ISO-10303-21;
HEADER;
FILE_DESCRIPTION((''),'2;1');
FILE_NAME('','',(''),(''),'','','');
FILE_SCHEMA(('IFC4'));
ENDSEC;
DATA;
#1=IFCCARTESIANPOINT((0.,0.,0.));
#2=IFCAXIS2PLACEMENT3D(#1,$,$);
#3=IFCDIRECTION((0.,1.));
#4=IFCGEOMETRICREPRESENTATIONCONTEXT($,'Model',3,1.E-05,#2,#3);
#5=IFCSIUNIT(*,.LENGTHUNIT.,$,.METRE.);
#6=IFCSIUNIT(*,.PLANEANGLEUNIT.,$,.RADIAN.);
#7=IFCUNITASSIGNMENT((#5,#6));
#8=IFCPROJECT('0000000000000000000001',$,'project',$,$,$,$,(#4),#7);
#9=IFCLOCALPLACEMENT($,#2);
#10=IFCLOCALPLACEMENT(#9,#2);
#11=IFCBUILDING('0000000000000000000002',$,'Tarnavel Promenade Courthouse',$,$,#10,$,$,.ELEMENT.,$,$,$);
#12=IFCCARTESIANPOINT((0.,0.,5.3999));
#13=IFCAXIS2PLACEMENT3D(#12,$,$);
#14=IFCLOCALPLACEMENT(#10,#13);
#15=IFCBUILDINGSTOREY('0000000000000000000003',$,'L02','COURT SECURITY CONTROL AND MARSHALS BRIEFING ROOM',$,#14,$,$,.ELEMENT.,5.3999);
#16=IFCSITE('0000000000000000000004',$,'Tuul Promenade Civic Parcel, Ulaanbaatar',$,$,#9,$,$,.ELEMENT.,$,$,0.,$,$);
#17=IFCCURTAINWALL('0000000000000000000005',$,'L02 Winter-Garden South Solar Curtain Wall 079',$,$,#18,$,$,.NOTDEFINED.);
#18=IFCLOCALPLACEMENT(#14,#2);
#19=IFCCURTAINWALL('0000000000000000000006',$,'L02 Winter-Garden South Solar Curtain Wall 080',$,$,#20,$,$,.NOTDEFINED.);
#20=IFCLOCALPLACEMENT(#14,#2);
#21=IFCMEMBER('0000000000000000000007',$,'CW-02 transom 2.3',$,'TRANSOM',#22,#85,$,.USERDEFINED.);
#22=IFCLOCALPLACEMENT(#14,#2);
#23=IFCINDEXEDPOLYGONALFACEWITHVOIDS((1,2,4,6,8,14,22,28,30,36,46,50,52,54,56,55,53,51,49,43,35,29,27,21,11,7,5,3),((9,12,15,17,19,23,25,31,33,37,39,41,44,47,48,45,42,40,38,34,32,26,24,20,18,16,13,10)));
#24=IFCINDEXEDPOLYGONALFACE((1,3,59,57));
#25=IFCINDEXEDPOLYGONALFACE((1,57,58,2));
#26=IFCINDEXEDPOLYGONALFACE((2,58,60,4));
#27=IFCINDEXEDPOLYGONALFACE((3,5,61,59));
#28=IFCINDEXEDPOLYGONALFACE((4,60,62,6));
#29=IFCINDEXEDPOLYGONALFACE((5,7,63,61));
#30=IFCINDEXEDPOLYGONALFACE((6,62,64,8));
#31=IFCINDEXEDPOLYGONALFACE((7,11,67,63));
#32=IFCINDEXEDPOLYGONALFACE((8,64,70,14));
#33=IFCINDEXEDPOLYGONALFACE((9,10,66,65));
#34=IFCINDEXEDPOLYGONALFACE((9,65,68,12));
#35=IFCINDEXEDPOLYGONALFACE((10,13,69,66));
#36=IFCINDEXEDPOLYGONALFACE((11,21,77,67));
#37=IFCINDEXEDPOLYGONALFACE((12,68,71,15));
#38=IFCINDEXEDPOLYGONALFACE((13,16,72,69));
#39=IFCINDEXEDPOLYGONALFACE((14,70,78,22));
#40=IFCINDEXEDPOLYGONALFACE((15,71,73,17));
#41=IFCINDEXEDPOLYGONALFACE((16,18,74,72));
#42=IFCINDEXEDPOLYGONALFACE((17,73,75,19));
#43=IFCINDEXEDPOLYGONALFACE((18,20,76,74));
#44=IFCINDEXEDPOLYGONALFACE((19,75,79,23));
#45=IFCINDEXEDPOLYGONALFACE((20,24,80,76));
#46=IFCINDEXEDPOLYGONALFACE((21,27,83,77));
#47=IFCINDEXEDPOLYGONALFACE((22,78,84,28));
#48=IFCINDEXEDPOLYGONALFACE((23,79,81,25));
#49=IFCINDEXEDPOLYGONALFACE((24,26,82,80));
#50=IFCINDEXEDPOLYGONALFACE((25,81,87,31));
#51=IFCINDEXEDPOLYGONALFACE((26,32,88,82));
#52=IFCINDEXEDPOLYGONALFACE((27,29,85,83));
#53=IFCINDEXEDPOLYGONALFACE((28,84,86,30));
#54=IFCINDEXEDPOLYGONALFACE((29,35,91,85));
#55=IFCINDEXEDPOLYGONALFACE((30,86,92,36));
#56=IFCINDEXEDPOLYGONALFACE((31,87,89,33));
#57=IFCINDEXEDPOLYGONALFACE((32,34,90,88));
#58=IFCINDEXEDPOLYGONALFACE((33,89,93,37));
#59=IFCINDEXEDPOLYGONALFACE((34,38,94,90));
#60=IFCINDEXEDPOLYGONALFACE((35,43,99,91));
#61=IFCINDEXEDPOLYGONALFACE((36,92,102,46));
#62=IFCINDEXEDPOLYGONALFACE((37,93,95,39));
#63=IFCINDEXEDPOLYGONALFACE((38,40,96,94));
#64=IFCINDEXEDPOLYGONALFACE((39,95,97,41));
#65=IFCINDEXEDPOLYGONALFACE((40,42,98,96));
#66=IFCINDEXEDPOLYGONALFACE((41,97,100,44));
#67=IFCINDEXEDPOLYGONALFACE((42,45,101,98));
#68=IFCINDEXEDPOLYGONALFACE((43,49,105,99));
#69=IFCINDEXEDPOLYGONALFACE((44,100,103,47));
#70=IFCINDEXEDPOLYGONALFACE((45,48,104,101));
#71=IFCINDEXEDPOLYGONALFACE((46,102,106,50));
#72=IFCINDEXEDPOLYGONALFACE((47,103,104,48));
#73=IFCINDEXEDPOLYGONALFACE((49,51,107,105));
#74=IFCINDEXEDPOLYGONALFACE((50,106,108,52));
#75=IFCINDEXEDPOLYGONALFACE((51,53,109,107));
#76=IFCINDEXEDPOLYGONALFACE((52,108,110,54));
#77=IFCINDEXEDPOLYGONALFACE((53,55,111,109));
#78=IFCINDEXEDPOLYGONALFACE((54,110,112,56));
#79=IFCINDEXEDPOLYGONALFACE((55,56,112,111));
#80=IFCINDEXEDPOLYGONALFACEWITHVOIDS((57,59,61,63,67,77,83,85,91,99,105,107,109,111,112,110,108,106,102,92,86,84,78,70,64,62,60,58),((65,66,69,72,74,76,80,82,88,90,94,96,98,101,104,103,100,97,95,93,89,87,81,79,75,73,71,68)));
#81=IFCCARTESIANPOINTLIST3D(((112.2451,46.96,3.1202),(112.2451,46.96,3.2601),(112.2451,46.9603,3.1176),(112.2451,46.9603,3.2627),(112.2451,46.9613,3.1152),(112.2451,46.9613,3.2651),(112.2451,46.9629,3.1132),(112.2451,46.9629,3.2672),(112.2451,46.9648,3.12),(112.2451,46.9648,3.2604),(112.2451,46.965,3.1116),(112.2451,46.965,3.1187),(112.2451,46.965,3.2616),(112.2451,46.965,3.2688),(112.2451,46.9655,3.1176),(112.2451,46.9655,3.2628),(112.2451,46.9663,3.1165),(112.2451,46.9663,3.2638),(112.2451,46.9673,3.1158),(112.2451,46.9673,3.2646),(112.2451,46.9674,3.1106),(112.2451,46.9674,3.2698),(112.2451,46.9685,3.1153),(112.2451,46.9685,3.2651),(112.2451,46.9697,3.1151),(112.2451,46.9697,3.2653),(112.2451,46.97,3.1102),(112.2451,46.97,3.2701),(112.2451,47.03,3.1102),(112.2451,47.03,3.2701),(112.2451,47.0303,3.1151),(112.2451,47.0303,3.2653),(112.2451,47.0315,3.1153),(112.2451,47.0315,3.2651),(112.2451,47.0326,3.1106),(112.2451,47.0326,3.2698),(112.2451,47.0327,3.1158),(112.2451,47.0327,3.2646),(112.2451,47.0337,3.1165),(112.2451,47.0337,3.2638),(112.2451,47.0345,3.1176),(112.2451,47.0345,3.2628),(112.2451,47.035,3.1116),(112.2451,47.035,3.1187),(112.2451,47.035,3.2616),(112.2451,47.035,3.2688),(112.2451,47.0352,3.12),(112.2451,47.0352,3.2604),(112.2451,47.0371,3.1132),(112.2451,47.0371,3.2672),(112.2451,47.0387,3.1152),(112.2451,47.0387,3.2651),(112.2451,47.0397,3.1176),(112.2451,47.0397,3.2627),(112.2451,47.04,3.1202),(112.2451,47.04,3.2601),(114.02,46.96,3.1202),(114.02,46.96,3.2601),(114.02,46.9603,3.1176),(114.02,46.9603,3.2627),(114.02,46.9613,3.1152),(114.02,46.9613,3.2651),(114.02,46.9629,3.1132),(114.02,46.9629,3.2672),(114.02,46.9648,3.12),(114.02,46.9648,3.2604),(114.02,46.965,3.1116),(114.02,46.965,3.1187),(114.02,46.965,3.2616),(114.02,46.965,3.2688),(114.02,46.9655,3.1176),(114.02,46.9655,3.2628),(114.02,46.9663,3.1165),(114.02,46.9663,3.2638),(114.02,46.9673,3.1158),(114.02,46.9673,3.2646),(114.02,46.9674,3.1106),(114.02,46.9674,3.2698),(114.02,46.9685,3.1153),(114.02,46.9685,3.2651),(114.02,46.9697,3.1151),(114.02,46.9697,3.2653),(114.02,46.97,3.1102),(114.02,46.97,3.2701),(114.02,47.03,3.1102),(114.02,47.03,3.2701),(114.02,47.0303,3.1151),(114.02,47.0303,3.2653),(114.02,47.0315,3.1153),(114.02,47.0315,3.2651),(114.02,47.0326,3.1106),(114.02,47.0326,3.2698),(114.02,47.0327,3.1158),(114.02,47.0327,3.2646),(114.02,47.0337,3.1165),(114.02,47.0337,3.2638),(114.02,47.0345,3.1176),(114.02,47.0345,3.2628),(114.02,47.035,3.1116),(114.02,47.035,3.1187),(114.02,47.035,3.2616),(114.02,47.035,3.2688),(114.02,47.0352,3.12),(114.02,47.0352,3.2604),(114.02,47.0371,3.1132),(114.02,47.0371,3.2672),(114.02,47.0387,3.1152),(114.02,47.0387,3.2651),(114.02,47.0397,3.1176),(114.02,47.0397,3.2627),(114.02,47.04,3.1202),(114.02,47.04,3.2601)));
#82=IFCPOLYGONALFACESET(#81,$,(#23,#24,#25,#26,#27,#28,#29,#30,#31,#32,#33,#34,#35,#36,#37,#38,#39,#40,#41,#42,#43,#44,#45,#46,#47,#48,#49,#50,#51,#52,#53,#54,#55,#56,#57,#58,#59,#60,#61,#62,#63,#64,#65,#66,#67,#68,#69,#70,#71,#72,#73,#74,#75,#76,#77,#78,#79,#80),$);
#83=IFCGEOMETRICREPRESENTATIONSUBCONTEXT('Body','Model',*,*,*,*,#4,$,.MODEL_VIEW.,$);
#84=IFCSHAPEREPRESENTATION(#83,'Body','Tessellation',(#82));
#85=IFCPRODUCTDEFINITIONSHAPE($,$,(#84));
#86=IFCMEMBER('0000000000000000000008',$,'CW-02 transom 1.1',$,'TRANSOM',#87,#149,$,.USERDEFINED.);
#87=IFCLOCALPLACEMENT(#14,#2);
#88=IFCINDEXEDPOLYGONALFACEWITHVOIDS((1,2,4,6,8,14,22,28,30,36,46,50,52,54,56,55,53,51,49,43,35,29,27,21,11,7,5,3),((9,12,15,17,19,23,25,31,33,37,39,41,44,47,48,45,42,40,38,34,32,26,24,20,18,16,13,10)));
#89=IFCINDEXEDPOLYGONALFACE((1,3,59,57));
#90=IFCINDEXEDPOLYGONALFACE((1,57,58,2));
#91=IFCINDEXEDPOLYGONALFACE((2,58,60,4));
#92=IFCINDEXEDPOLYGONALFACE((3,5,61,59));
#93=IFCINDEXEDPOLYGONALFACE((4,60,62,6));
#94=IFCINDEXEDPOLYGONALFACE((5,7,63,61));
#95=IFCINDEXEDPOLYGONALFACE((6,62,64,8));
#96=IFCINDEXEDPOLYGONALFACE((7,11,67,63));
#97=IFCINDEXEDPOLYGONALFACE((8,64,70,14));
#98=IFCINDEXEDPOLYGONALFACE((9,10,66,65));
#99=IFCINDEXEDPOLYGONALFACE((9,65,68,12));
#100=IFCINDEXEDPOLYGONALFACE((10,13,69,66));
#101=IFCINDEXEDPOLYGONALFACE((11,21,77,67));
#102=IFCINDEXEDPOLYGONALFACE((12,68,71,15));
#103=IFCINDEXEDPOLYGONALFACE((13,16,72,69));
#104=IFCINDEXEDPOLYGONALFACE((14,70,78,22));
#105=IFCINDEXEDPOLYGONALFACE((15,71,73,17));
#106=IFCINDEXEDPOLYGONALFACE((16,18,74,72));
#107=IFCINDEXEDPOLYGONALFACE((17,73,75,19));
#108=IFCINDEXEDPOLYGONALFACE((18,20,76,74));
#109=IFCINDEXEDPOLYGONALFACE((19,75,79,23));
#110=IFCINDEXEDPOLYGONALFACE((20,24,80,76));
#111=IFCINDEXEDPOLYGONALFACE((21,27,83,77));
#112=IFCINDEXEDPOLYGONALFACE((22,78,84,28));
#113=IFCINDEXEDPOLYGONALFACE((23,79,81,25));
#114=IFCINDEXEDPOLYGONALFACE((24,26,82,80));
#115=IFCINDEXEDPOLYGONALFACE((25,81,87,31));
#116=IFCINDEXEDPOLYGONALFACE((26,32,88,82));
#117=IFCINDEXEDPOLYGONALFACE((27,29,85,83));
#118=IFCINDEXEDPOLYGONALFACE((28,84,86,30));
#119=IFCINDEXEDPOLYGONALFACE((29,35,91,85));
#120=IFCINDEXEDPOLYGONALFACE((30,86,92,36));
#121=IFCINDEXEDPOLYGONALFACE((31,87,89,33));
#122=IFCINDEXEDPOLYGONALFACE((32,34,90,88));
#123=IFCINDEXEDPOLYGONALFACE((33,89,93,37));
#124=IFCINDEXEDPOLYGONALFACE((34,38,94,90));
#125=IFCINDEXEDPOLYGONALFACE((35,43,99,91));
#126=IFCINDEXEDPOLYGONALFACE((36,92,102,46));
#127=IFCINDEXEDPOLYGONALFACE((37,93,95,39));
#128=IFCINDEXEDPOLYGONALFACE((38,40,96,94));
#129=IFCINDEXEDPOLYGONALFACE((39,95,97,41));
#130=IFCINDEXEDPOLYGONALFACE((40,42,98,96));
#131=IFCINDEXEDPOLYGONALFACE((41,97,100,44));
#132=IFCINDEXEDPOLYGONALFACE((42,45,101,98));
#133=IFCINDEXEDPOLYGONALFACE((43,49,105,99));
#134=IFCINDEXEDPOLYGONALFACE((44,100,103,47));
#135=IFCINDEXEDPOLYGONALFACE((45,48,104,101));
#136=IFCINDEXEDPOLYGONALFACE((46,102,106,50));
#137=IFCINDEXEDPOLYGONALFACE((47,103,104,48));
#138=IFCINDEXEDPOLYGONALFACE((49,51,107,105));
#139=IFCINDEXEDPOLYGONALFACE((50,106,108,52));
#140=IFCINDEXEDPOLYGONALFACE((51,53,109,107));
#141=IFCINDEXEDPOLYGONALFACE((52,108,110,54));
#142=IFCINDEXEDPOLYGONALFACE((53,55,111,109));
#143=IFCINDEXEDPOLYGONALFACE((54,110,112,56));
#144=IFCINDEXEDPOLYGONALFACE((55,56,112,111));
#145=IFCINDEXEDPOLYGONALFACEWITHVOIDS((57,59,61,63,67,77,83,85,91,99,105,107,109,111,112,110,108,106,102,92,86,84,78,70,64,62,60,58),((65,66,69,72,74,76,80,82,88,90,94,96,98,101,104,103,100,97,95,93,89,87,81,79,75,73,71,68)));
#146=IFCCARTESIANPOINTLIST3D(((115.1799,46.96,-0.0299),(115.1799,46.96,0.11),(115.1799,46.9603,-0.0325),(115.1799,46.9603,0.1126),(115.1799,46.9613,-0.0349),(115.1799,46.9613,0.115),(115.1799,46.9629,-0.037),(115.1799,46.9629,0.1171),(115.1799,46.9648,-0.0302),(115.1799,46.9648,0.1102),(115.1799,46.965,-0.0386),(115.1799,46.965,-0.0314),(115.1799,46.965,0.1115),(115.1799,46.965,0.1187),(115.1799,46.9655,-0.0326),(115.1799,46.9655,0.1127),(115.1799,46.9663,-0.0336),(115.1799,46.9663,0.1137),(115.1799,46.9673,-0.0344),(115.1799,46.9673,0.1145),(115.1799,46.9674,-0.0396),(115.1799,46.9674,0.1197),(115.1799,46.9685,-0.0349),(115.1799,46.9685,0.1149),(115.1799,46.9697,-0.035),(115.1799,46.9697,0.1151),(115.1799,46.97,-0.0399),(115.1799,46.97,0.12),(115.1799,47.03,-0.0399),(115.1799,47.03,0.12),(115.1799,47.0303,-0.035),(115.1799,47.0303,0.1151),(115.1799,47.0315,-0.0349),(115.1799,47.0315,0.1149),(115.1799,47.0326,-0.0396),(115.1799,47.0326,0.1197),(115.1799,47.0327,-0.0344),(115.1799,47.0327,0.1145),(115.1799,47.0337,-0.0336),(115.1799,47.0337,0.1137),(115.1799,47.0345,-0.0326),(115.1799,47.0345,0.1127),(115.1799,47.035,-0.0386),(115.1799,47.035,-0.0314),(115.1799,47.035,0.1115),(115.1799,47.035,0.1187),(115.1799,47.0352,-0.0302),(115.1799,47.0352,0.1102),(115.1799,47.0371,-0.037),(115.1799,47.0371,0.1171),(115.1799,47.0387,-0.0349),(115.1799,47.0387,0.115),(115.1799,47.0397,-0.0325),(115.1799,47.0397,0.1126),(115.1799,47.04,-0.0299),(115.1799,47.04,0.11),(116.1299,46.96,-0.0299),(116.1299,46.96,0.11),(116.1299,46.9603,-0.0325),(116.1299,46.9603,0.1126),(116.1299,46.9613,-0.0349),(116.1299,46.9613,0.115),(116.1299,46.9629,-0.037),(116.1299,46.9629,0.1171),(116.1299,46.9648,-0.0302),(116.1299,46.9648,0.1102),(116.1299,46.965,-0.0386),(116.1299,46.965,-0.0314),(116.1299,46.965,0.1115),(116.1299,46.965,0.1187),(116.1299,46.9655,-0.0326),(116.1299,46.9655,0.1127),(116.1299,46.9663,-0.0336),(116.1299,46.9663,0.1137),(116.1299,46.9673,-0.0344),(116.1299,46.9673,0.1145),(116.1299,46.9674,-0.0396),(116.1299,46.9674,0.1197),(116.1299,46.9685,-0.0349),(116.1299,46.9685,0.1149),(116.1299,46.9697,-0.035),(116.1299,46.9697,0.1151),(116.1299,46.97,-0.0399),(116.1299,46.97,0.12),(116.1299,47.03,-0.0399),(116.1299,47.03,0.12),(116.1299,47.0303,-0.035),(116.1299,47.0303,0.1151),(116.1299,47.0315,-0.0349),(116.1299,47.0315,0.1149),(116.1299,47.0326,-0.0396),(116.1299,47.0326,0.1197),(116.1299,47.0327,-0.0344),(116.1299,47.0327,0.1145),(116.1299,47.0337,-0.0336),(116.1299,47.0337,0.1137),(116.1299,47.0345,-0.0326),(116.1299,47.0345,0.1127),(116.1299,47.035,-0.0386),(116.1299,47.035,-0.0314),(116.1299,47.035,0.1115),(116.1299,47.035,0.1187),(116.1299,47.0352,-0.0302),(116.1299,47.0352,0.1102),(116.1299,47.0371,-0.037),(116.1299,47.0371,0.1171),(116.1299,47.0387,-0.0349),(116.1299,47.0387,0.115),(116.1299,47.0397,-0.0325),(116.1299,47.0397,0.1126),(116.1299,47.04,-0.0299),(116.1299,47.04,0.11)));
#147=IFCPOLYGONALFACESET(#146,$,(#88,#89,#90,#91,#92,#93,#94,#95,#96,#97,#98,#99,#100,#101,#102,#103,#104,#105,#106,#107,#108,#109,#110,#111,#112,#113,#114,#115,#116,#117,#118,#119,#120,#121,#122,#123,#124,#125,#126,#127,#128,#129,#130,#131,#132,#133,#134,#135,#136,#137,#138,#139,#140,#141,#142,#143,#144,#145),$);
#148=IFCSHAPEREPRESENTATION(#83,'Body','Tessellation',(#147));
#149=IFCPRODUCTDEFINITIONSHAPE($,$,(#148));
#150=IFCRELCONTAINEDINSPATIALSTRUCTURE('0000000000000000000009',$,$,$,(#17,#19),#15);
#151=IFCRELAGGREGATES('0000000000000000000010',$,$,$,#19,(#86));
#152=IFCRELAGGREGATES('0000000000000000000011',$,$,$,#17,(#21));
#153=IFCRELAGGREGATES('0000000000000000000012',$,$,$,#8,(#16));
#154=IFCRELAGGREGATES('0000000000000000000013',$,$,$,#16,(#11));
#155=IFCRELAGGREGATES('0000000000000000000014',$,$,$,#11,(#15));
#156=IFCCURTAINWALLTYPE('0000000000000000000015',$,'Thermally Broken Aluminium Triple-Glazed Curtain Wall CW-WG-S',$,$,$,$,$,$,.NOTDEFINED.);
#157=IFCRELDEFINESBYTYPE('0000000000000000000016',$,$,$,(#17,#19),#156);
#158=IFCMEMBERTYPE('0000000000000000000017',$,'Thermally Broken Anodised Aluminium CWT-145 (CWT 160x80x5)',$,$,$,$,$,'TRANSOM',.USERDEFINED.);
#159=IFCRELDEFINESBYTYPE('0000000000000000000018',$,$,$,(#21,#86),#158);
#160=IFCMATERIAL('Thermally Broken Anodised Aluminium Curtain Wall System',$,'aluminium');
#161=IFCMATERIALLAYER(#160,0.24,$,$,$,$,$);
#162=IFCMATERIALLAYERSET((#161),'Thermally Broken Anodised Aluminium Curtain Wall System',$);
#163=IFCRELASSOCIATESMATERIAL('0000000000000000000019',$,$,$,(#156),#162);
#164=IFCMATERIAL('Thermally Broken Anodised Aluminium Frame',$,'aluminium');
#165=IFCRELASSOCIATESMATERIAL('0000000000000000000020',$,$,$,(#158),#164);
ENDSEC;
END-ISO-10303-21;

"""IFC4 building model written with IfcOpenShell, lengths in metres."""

from ifc_helpers import new_model, si_unit, direction, frame, origin, origin_2d, place, context, subcontext, project, spatial, hollow_rectangle, extrude, material, layer, layer_set, material_profile, profile_set, type_object, element, aggregate, save


model = new_model("IFC4")

# Units and contexts
model_context = context("Model", 3, precision=1e-05, world=origin(), true_north=direction((0.0, 1.0)))
body_context = subcontext(model_context, "Body", "Model", "MODEL_VIEW")
ifc_project = project(units=[si_unit("LENGTHUNIT", "METRE"), si_unit("PLANEANGLEUNIT", "RADIAN")], contexts=[model_context])

# Site, building, storey
site_placement = place(None, origin())
site = spatial("IfcSite", under=ifc_project, at=site_placement, Name="Tuul Promenade Civic Parcel, Ulaanbaatar", CompositionType="ELEMENT", RefElevation=0.0)
building_placement = place(site_placement, origin())
building = spatial("IfcBuilding", under=site, at=building_placement, Name="Tarnavel Promenade Courthouse", CompositionType="ELEMENT")
storey_placement = place(building_placement, frame((0.0, 0.0, 5.3999)))
storey = spatial("IfcBuildingStorey", under=building, at=storey_placement, Name="L02", Description="COURT SECURITY CONTROL AND MARSHALS BRIEFING ROOM", CompositionType="ELEMENT", Elevation=5.3999)

# Curtain wall
ifc_material_1 = material(Name="Thermally Broken Anodised Aluminium Curtain Wall System", Category="aluminium")
ifc_layer_1 = layer(ifc_material_1, 0.24)
ifc_layer_set_1 = layer_set([ifc_layer_1], Name="Thermally Broken Anodised Aluminium Curtain Wall System")
curtain_wall_type = type_object("IfcCurtainWallType", Name="Thermally Broken Aluminium Triple-Glazed Curtain Wall CW-WG-S", PredefinedType="NOTDEFINED", material=ifc_layer_set_1)
ifc_material_2 = material(Name="Thermally Broken Anodised Aluminium Frame", Category="aluminium")
curtain_wall_1_placement = place(storey_placement, origin())
curtain_wall_1 = element("IfcCurtainWall", 1, at=curtain_wall_1_placement, inside=storey, type_object=curtain_wall_type, Name="L02 Winter-Garden South Solar Curtain Wall 079", PredefinedType="NOTDEFINED")

# Curtain wall
curtain_wall_2_placement = place(storey_placement, origin())
curtain_wall_2 = element("IfcCurtainWall", 2, at=curtain_wall_2_placement, inside=storey, type_object=curtain_wall_type, Name="L02 Winter-Garden South Solar Curtain Wall 080", PredefinedType="NOTDEFINED")

# Members
ifc_material_profile_1 = material_profile(ifc_material_2, hollow_rectangle(XDim=0.0801, YDim=0.1599, WallThickness=0.0049, InnerFilletRadius=0.0049, OuterFilletRadius=0.01, at=origin_2d()), Name="CWT 160x80x5")
ifc_profile_set_1 = profile_set([ifc_material_profile_1], Name="Thermally Broken Anodised Aluminium Frame")
member_type_1 = type_object("IfcMemberType", Name="Thermally Broken Anodised Aluminium CWT-145 (CWT 160x80x5)", ElementType="TRANSOM", PredefinedType="USERDEFINED", material=ifc_profile_set_1)
member_1_placement = place(storey_placement, frame((112.2451, 47.0, 3.1902), z_axis=(1.0, 0.0, 0.0), x_axis=(0.0, 1.0, 0.0)))
member_1 = element("IfcMember", 3, at=member_1_placement, type_object=member_type_1, Name="CW-02 transom 2.3", ObjectType="TRANSOM", PredefinedType="USERDEFINED", context=body_context, shape_type="SweptSolid", body=[
    extrude(hollow_rectangle(XDim=0.0801, YDim=0.1599, WallThickness=0.0049, InnerFilletRadius=0.0049, OuterFilletRadius=0.01, at=origin_2d()), origin(), (0.0, 0.0, 1.0), 1.7749),
])
member_2_placement = place(storey_placement, frame((115.1799, 47.0, 0.04), z_axis=(1.0, 0.0, 0.0), x_axis=(0.0, 1.0, 0.0)))
member_2 = element("IfcMember", 4, at=member_2_placement, type_object=member_type_1, Name="CW-02 transom 1.1", ObjectType="TRANSOM", PredefinedType="USERDEFINED", context=body_context, shape_type="SweptSolid", body=[
    extrude(hollow_rectangle(XDim=0.0801, YDim=0.1599, WallThickness=0.0049, InnerFilletRadius=0.0049, OuterFilletRadius=0.01, at=origin_2d()), origin(), (0.0, 0.0, 1.0), 0.95),
])
aggregate(curtain_wall_2, [member_2])

aggregate(curtain_wall_1, [member_1])

save(model, "model.ifc")
